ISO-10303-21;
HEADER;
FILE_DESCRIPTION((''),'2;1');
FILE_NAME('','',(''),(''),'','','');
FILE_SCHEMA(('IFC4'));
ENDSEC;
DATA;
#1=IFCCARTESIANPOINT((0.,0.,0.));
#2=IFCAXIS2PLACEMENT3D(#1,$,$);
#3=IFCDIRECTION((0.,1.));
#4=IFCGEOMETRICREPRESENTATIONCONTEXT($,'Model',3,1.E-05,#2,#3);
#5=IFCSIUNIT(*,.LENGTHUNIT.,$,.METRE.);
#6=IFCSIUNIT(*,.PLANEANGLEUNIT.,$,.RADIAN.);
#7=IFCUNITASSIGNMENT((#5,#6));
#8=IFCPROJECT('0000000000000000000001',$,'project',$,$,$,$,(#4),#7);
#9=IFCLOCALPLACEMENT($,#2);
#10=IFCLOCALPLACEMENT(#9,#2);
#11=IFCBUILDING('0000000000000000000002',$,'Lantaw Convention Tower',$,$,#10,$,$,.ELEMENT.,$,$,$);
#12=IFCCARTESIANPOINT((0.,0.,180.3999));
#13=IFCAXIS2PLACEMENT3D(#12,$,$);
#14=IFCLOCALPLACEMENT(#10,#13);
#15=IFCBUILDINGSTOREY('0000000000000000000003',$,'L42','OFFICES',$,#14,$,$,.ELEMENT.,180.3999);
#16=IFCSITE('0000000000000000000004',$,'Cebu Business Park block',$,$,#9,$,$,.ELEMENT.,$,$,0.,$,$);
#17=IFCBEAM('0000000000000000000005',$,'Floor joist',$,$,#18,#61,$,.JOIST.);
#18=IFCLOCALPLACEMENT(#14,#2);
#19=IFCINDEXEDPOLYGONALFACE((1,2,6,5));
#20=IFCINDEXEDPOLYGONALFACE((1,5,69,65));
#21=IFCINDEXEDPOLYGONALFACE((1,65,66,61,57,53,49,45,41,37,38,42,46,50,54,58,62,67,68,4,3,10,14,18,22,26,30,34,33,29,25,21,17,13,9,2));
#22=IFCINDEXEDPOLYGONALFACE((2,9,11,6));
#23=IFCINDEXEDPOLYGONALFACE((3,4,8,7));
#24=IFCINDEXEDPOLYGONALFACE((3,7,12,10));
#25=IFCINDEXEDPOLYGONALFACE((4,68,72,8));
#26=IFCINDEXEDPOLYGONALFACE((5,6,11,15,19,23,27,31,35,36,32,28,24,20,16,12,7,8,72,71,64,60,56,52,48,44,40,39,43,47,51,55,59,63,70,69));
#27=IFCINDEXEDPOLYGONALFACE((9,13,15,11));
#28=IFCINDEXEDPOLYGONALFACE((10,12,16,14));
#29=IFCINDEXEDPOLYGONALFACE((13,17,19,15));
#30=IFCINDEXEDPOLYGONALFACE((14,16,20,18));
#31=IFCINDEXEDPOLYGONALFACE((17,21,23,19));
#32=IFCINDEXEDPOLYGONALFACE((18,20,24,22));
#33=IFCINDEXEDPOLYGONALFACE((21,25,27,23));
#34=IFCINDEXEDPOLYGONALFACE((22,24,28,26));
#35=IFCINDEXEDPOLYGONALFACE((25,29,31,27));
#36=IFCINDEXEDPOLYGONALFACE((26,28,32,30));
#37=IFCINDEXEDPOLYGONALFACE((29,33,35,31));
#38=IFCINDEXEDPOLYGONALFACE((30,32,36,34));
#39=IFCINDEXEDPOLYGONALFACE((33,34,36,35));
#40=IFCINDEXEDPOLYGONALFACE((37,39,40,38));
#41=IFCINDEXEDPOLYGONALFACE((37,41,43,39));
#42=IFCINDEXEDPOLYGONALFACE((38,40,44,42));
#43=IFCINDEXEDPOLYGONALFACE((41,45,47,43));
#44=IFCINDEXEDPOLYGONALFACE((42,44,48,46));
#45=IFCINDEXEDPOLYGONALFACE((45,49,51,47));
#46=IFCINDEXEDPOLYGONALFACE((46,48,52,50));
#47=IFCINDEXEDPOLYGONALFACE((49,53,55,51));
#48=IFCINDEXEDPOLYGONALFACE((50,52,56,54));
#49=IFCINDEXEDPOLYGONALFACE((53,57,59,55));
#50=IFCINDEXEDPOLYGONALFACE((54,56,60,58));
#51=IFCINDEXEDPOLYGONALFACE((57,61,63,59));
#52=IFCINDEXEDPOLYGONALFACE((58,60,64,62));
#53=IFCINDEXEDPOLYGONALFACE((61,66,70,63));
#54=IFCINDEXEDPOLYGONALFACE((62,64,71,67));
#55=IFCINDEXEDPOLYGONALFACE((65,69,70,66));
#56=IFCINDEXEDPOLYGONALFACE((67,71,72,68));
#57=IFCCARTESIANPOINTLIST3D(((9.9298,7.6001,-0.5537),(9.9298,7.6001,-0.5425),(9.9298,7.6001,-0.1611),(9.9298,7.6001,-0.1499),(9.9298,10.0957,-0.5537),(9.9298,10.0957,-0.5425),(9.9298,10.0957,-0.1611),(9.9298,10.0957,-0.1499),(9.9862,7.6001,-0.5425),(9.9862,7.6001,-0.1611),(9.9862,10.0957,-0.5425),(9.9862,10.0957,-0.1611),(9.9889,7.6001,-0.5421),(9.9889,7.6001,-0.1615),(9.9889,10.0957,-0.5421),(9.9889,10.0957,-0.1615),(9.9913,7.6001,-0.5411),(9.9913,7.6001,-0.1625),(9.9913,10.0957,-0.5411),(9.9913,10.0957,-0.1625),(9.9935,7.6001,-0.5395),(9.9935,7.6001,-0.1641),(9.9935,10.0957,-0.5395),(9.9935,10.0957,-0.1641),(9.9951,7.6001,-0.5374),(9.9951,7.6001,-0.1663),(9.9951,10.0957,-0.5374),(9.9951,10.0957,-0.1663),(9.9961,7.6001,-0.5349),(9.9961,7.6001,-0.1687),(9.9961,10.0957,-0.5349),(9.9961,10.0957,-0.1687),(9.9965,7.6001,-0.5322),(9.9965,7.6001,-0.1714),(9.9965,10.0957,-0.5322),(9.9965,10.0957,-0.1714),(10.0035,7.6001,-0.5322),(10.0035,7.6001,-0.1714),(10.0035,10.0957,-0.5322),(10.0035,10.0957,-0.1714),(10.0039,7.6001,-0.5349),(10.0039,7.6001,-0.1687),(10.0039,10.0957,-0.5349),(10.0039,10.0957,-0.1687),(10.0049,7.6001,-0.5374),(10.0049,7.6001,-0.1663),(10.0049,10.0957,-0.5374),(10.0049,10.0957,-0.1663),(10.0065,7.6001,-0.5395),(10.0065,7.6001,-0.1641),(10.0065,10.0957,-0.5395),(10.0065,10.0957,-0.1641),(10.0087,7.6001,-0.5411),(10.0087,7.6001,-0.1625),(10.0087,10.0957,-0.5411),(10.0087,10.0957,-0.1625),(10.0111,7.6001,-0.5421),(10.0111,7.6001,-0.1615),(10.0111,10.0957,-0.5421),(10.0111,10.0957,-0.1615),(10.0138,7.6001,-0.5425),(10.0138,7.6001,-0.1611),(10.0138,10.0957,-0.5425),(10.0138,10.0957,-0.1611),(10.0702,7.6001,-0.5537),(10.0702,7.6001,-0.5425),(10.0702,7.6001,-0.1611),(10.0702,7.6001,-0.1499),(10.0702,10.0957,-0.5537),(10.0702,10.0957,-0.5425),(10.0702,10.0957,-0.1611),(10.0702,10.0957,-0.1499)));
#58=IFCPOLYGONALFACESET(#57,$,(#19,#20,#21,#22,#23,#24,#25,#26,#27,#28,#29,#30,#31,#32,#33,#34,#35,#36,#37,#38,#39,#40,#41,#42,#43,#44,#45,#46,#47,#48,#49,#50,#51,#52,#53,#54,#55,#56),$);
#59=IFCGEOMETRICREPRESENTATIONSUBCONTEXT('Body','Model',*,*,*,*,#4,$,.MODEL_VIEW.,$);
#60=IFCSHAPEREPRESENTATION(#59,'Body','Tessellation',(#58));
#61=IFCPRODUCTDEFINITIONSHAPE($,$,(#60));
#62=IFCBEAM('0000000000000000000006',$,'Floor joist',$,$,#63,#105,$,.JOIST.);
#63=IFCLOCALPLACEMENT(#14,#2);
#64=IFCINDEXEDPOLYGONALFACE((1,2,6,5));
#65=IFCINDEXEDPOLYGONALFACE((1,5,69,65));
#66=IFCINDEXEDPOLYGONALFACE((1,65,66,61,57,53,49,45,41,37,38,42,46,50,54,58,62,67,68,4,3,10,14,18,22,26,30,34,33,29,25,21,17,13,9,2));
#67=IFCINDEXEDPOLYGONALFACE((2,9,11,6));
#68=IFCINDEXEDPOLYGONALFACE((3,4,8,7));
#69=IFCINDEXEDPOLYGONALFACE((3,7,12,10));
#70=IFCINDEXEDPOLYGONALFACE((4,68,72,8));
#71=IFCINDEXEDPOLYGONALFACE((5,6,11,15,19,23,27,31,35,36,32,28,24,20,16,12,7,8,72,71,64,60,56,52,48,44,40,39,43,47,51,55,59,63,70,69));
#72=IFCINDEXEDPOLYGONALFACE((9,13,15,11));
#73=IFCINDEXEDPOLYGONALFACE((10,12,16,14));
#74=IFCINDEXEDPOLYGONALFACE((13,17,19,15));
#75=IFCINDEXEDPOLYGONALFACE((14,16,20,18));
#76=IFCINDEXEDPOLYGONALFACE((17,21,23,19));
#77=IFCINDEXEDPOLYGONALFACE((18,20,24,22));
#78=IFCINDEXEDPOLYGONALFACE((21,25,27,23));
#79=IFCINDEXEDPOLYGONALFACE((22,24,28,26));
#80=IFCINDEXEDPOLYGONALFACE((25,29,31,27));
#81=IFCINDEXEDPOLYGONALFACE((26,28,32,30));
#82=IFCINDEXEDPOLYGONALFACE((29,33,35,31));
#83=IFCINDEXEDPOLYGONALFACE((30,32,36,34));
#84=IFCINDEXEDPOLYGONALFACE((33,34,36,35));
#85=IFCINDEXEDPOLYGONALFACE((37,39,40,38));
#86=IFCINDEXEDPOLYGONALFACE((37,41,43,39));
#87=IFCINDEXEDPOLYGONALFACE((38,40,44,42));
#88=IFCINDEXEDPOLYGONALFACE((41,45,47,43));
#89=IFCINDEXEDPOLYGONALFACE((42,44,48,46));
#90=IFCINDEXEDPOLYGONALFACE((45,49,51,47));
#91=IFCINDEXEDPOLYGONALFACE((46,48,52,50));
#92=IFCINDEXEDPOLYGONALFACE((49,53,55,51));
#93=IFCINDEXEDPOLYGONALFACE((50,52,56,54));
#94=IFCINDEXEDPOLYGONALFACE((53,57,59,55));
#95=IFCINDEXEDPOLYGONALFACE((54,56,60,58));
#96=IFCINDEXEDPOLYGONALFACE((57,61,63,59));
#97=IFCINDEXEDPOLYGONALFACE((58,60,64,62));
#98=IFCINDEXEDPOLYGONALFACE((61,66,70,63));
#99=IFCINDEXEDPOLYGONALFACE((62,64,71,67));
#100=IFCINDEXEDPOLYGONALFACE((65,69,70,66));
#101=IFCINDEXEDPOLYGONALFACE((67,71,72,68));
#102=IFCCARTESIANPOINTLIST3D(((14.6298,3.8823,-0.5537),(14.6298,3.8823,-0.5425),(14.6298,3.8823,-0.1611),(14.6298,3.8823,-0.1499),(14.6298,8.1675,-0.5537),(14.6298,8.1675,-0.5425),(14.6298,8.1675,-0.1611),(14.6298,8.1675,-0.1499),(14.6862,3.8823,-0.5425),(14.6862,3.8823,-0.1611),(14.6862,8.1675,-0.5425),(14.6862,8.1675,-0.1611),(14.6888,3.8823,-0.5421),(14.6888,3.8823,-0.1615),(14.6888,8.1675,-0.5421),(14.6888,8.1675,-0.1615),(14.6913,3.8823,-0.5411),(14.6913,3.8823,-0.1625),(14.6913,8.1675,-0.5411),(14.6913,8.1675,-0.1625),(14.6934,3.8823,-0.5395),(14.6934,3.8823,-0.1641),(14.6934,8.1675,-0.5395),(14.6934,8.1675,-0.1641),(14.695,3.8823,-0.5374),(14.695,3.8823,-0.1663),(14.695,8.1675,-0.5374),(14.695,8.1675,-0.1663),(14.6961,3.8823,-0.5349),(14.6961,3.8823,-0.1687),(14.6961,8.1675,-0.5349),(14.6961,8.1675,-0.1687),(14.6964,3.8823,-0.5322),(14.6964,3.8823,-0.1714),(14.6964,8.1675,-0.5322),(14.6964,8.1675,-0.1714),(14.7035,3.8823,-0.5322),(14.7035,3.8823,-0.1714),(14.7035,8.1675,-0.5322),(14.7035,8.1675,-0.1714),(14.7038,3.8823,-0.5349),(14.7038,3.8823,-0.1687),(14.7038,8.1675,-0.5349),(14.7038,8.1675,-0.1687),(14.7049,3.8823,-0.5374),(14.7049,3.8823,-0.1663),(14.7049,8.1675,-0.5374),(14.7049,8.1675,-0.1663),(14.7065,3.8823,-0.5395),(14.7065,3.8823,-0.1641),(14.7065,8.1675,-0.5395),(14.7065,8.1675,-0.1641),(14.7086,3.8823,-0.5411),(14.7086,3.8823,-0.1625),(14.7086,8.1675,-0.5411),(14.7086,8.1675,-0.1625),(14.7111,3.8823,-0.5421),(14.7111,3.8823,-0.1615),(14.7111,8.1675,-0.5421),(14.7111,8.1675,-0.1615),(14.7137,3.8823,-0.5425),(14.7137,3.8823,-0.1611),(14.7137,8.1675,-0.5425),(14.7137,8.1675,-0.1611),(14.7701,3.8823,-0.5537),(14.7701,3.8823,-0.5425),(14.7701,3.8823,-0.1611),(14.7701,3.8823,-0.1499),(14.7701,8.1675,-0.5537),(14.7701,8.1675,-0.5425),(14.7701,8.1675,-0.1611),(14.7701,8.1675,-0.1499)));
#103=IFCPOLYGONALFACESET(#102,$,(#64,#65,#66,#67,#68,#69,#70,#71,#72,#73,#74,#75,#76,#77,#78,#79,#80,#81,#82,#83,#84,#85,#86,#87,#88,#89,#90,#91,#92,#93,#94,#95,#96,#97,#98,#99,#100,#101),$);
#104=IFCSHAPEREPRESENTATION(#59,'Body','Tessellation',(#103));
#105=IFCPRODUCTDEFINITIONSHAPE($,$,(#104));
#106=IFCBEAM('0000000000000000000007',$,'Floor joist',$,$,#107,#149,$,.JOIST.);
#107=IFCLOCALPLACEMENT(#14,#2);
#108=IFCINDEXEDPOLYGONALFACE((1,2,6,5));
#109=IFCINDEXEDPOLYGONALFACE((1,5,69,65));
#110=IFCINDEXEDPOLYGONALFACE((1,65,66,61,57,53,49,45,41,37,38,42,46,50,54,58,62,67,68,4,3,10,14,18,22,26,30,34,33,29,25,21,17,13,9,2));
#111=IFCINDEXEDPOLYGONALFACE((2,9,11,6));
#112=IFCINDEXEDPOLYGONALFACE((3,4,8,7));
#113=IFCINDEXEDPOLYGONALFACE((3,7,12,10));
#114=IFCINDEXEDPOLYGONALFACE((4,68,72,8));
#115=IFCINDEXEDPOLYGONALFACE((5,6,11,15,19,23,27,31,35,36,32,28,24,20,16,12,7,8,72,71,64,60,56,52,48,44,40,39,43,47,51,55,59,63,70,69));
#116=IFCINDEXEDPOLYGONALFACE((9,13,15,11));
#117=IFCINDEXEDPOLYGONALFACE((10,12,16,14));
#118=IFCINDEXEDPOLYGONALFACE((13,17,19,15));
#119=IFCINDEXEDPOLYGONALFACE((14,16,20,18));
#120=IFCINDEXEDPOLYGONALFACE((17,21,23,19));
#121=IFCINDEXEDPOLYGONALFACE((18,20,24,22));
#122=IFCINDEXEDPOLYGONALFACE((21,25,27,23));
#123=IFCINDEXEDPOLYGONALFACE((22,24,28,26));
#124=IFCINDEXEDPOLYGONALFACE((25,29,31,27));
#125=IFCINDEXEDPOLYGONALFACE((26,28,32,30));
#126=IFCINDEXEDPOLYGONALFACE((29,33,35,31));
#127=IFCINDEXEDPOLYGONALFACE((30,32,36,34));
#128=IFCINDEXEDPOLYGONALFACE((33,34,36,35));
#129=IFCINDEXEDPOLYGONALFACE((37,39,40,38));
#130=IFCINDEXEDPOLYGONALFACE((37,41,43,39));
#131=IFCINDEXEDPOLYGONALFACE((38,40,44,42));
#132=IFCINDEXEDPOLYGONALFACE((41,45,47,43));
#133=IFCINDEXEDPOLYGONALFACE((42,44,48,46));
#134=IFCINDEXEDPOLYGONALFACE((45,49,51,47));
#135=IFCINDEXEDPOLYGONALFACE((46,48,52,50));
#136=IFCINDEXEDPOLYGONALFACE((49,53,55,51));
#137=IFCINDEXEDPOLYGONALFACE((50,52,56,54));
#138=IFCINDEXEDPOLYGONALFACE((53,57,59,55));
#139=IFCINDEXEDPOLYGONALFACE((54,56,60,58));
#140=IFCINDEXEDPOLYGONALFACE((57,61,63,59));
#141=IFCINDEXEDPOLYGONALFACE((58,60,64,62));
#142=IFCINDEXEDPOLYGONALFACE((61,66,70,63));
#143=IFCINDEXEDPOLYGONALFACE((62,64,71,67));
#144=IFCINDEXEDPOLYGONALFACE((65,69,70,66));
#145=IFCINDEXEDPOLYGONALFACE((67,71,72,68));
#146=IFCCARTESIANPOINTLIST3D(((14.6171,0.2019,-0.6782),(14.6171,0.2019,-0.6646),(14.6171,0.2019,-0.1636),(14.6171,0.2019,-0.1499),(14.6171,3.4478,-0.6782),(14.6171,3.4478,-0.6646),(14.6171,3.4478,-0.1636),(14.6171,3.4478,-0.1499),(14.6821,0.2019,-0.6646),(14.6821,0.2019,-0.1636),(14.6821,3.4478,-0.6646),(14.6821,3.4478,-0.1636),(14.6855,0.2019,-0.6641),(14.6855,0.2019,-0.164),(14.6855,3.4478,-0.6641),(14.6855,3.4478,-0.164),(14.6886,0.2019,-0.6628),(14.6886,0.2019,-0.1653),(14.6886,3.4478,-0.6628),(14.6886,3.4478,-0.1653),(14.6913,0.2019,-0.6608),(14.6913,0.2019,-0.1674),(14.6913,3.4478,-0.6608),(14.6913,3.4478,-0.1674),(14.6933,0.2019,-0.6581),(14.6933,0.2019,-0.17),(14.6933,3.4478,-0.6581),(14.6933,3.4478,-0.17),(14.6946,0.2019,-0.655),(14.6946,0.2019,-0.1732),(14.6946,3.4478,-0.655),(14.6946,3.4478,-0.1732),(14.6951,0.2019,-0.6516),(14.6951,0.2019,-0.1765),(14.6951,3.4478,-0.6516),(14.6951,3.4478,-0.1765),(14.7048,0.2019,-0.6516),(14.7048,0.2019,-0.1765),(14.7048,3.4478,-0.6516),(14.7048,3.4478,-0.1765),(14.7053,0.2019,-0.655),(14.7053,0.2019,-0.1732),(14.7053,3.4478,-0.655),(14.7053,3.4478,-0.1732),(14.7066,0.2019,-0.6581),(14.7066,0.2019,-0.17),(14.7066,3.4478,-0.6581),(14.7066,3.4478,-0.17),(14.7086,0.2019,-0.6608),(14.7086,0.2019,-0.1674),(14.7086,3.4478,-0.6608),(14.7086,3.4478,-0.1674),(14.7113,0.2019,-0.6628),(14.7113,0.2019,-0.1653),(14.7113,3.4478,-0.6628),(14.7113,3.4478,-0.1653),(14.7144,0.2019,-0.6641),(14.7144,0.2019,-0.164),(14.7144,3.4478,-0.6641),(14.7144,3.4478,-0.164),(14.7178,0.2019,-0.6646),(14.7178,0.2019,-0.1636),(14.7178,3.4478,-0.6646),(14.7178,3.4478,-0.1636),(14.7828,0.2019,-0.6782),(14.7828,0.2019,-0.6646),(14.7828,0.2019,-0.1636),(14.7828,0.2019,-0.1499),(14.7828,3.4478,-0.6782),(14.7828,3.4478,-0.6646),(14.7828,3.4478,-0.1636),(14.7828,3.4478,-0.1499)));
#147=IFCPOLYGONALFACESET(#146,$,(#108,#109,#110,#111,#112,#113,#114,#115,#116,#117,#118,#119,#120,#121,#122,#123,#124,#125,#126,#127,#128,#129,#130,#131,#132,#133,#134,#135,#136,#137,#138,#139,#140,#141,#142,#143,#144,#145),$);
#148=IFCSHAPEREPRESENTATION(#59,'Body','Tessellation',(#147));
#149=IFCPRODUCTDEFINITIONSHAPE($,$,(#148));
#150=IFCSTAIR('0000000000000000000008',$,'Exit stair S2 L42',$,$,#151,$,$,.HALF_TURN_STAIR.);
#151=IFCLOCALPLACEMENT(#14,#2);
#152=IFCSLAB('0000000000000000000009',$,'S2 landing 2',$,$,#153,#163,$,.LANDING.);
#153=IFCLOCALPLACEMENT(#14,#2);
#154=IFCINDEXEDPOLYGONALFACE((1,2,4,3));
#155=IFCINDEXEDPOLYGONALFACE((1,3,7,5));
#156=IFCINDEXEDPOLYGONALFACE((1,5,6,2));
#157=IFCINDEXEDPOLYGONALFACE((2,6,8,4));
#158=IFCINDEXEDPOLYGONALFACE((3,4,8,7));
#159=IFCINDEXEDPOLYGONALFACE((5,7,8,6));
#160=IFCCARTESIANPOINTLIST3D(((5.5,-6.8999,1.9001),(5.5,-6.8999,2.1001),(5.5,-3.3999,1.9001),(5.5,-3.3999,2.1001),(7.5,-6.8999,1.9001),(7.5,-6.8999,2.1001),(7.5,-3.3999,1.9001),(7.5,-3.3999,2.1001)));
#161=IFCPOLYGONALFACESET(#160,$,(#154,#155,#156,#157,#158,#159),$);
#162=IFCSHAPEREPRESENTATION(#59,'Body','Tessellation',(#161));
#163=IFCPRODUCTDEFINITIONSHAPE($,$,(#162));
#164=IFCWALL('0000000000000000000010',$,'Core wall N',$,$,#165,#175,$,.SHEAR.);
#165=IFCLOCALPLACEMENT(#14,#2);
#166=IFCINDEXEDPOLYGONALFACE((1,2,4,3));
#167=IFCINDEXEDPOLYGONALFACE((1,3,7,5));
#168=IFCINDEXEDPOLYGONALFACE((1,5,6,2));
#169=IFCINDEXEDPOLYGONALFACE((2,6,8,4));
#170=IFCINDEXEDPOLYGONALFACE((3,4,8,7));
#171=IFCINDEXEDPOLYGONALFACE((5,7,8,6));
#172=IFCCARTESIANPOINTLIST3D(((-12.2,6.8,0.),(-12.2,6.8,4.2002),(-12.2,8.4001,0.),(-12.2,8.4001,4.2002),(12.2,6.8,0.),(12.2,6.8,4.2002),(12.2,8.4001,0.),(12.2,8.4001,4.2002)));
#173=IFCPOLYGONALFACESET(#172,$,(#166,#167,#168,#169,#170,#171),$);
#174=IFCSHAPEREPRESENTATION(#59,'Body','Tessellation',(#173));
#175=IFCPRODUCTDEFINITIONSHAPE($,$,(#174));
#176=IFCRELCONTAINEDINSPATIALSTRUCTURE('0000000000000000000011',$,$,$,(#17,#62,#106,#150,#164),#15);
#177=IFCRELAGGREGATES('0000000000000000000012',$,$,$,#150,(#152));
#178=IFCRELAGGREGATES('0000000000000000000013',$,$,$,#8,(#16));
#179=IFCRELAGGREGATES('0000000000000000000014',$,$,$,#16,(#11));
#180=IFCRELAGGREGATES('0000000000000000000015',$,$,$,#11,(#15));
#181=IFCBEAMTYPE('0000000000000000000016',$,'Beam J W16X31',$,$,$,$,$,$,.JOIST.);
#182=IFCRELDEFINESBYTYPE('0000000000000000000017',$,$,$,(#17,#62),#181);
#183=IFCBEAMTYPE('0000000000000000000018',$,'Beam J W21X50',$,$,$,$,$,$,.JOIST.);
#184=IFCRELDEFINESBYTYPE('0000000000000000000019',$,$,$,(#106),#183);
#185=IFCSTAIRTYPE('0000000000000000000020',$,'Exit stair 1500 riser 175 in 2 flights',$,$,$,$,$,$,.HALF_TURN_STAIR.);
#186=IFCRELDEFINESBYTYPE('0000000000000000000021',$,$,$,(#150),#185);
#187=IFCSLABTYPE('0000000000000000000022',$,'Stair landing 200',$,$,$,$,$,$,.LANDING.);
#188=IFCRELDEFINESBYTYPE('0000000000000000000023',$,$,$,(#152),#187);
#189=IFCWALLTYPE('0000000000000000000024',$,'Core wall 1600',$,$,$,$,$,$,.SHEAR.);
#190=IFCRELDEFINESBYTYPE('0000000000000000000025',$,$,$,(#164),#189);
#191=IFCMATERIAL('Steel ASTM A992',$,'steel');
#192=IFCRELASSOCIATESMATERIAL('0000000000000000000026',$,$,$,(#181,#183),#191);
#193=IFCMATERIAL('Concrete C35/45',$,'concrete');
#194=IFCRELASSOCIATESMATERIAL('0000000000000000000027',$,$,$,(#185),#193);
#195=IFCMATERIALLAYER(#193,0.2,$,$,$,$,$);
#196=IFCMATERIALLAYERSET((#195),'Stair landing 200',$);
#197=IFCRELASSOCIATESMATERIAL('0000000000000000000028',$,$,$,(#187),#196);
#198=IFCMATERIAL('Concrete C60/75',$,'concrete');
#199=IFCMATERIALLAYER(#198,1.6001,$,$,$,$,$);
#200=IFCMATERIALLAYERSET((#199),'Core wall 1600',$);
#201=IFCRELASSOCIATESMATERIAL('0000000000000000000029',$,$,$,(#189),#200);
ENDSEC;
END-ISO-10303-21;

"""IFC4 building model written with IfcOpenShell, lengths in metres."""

from ifc_helpers import new_model, si_unit, direction, frame, frame_2d, origin, origin_2d, place, context, subcontext, project, spatial, polyline, rectangle, i_section, outline, extrude, material, layer, layer_set, material_profile, profile_set, type_object, element, aggregate, save


model = new_model("IFC4")

# Units and contexts
model_context = context("Model", 3, precision=1e-05, world=origin(), true_north=direction((0.0, 1.0)))
body_context = subcontext(model_context, "Body", "Model", "MODEL_VIEW")
ifc_project = project(units=[si_unit("LENGTHUNIT", "METRE"), si_unit("PLANEANGLEUNIT", "RADIAN")], contexts=[model_context])

# Site, building, storey
site_placement = place(None, origin())
site = spatial("IfcSite", under=ifc_project, at=site_placement, Name="Cebu Business Park block", CompositionType="ELEMENT", RefElevation=0.0)
building_placement = place(site_placement, origin())
building = spatial("IfcBuilding", under=site, at=building_placement, Name="Lantaw Convention Tower", CompositionType="ELEMENT")
storey_placement = place(building_placement, frame((0.0, 0.0, 180.3999)))
storey = spatial("IfcBuildingStorey", under=building, at=storey_placement, Name="L42", Description="OFFICES", CompositionType="ELEMENT", Elevation=180.3999)

# Beams
ifc_material_1 = material(Name="Steel ASTM A992", Category="steel")
ifc_material_profile_1 = material_profile(ifc_material_1, i_section(OverallWidth=0.1404, OverallDepth=0.4038, WebThickness=0.0071, FlangeThickness=0.0112, FilletRadius=0.0103, at=origin_2d()), Name="W16X31")
ifc_profile_set_1 = profile_set([ifc_material_profile_1], Name="Steel ASTM A992")
beam_type_1 = type_object("IfcBeamType", Name="Beam J W16X31", PredefinedType="JOIST", material=ifc_profile_set_1)
beam_1_placement = place(storey_placement, frame((10.0, 7.6001, -0.3518), z_axis=(0.0, 1.0, 0.0), x_axis=(-1.0, 0.0, 0.0)))
element("IfcBeam", 1, at=beam_1_placement, inside=storey, type_object=beam_type_1, Name="Floor joist", PredefinedType="JOIST", context=body_context, shape_type="SweptSolid", body=[
    extrude(i_section(OverallWidth=0.1404, OverallDepth=0.4038, WebThickness=0.0071, FlangeThickness=0.0112, FilletRadius=0.0103, at=origin_2d()), origin(), (0.0, 0.0, 1.0), 2.4956),
])
beam_2_placement = place(storey_placement, frame((14.7, 3.8823, -0.3518), z_axis=(0.0, 1.0, 0.0), x_axis=(-1.0, 0.0, 0.0)))
element("IfcBeam", 2, at=beam_2_placement, inside=storey, type_object=beam_type_1, Name="Floor joist", PredefinedType="JOIST", context=body_context, shape_type="SweptSolid", body=[
    extrude(i_section(OverallWidth=0.1404, OverallDepth=0.4038, WebThickness=0.0071, FlangeThickness=0.0112, FilletRadius=0.0103, at=origin_2d()), origin(), (0.0, 0.0, 1.0), 4.2852),
])
ifc_material_profile_2 = material_profile(ifc_material_1, i_section(OverallWidth=0.1658, OverallDepth=0.5283, WebThickness=0.0098, FlangeThickness=0.0137, FilletRadius=0.0129, at=origin_2d()), Name="W21X50")
ifc_profile_set_2 = profile_set([ifc_material_profile_2], Name="Steel ASTM A992")
beam_type_2 = type_object("IfcBeamType", Name="Beam J W21X50", PredefinedType="JOIST", material=ifc_profile_set_2)
beam_3_placement = place(storey_placement, frame((14.7, 0.2019, -0.4141), z_axis=(0.0, 1.0, 0.0), x_axis=(-1.0, 0.0, 0.0)))
element("IfcBeam", 3, at=beam_3_placement, inside=storey, type_object=beam_type_2, Name="Floor joist", PredefinedType="JOIST", context=body_context, shape_type="SweptSolid", body=[
    extrude(i_section(OverallWidth=0.1658, OverallDepth=0.5283, WebThickness=0.0098, FlangeThickness=0.0137, FilletRadius=0.0129, at=origin_2d()), origin(), (0.0, 0.0, 1.0), 3.2458),
])

# Stair, slab
ifc_material_2 = material(Name="Concrete C35/45", Category="concrete")
stair_type = type_object("IfcStairType", Name="Exit stair 1500 riser 175 in 2 flights", PredefinedType="HALF_TURN_STAIR", material=ifc_material_2)
stair_placement = place(storey_placement, origin())
stair = element("IfcStair", 4, at=stair_placement, inside=storey, type_object=stair_type, Name="Exit stair S2 L42", PredefinedType="HALF_TURN_STAIR")
ifc_layer_1 = layer(ifc_material_2, 0.2)
ifc_layer_set_1 = layer_set([ifc_layer_1], Name="Stair landing 200")
slab_type = type_object("IfcSlabType", Name="Stair landing 200", PredefinedType="LANDING", material=ifc_layer_set_1)
slab_placement = place(storey_placement, frame((0.0, 0.0, 1.9001)))
slab = element("IfcSlab", 5, at=slab_placement, type_object=slab_type, Name="S2 landing 2", PredefinedType="LANDING", context=body_context, shape_type="SweptSolid", body=[
    extrude(outline(polyline([(5.5, -6.8999), (7.5, -6.8999), (7.5, -3.3999), (5.5, -3.3999), (5.5, -6.8999)])), origin(), (0.0, 0.0, 1.0), 0.2),
])
aggregate(stair, [slab])

# Wall
ifc_material_3 = material(Name="Concrete C60/75", Category="concrete")
ifc_layer_2 = layer(ifc_material_3, 1.6001)
ifc_layer_set_2 = layer_set([ifc_layer_2], Name="Core wall 1600")
wall_type_1 = type_object("IfcWallType", Name="Core wall 1600", PredefinedType="SHEAR", material=ifc_layer_set_2)
wall_1_placement = place(storey_placement, frame((12.2, 7.6001, 0.0), z_axis=(0.0, 0.0, 1.0), x_axis=(-1.0, 0.0, 0.0)))
element("IfcWall", 6, at=wall_1_placement, inside=storey, type_object=wall_type_1, Name="Core wall N", PredefinedType="SHEAR", context=body_context, shape_type="SweptSolid", body=[
    extrude(rectangle(XDim=24.3999, YDim=1.6001, at=frame_2d((12.2, 0.0))), origin(), (0.0, 0.0, 1.0), 4.2002),
])

save(model, "model.ifc")
